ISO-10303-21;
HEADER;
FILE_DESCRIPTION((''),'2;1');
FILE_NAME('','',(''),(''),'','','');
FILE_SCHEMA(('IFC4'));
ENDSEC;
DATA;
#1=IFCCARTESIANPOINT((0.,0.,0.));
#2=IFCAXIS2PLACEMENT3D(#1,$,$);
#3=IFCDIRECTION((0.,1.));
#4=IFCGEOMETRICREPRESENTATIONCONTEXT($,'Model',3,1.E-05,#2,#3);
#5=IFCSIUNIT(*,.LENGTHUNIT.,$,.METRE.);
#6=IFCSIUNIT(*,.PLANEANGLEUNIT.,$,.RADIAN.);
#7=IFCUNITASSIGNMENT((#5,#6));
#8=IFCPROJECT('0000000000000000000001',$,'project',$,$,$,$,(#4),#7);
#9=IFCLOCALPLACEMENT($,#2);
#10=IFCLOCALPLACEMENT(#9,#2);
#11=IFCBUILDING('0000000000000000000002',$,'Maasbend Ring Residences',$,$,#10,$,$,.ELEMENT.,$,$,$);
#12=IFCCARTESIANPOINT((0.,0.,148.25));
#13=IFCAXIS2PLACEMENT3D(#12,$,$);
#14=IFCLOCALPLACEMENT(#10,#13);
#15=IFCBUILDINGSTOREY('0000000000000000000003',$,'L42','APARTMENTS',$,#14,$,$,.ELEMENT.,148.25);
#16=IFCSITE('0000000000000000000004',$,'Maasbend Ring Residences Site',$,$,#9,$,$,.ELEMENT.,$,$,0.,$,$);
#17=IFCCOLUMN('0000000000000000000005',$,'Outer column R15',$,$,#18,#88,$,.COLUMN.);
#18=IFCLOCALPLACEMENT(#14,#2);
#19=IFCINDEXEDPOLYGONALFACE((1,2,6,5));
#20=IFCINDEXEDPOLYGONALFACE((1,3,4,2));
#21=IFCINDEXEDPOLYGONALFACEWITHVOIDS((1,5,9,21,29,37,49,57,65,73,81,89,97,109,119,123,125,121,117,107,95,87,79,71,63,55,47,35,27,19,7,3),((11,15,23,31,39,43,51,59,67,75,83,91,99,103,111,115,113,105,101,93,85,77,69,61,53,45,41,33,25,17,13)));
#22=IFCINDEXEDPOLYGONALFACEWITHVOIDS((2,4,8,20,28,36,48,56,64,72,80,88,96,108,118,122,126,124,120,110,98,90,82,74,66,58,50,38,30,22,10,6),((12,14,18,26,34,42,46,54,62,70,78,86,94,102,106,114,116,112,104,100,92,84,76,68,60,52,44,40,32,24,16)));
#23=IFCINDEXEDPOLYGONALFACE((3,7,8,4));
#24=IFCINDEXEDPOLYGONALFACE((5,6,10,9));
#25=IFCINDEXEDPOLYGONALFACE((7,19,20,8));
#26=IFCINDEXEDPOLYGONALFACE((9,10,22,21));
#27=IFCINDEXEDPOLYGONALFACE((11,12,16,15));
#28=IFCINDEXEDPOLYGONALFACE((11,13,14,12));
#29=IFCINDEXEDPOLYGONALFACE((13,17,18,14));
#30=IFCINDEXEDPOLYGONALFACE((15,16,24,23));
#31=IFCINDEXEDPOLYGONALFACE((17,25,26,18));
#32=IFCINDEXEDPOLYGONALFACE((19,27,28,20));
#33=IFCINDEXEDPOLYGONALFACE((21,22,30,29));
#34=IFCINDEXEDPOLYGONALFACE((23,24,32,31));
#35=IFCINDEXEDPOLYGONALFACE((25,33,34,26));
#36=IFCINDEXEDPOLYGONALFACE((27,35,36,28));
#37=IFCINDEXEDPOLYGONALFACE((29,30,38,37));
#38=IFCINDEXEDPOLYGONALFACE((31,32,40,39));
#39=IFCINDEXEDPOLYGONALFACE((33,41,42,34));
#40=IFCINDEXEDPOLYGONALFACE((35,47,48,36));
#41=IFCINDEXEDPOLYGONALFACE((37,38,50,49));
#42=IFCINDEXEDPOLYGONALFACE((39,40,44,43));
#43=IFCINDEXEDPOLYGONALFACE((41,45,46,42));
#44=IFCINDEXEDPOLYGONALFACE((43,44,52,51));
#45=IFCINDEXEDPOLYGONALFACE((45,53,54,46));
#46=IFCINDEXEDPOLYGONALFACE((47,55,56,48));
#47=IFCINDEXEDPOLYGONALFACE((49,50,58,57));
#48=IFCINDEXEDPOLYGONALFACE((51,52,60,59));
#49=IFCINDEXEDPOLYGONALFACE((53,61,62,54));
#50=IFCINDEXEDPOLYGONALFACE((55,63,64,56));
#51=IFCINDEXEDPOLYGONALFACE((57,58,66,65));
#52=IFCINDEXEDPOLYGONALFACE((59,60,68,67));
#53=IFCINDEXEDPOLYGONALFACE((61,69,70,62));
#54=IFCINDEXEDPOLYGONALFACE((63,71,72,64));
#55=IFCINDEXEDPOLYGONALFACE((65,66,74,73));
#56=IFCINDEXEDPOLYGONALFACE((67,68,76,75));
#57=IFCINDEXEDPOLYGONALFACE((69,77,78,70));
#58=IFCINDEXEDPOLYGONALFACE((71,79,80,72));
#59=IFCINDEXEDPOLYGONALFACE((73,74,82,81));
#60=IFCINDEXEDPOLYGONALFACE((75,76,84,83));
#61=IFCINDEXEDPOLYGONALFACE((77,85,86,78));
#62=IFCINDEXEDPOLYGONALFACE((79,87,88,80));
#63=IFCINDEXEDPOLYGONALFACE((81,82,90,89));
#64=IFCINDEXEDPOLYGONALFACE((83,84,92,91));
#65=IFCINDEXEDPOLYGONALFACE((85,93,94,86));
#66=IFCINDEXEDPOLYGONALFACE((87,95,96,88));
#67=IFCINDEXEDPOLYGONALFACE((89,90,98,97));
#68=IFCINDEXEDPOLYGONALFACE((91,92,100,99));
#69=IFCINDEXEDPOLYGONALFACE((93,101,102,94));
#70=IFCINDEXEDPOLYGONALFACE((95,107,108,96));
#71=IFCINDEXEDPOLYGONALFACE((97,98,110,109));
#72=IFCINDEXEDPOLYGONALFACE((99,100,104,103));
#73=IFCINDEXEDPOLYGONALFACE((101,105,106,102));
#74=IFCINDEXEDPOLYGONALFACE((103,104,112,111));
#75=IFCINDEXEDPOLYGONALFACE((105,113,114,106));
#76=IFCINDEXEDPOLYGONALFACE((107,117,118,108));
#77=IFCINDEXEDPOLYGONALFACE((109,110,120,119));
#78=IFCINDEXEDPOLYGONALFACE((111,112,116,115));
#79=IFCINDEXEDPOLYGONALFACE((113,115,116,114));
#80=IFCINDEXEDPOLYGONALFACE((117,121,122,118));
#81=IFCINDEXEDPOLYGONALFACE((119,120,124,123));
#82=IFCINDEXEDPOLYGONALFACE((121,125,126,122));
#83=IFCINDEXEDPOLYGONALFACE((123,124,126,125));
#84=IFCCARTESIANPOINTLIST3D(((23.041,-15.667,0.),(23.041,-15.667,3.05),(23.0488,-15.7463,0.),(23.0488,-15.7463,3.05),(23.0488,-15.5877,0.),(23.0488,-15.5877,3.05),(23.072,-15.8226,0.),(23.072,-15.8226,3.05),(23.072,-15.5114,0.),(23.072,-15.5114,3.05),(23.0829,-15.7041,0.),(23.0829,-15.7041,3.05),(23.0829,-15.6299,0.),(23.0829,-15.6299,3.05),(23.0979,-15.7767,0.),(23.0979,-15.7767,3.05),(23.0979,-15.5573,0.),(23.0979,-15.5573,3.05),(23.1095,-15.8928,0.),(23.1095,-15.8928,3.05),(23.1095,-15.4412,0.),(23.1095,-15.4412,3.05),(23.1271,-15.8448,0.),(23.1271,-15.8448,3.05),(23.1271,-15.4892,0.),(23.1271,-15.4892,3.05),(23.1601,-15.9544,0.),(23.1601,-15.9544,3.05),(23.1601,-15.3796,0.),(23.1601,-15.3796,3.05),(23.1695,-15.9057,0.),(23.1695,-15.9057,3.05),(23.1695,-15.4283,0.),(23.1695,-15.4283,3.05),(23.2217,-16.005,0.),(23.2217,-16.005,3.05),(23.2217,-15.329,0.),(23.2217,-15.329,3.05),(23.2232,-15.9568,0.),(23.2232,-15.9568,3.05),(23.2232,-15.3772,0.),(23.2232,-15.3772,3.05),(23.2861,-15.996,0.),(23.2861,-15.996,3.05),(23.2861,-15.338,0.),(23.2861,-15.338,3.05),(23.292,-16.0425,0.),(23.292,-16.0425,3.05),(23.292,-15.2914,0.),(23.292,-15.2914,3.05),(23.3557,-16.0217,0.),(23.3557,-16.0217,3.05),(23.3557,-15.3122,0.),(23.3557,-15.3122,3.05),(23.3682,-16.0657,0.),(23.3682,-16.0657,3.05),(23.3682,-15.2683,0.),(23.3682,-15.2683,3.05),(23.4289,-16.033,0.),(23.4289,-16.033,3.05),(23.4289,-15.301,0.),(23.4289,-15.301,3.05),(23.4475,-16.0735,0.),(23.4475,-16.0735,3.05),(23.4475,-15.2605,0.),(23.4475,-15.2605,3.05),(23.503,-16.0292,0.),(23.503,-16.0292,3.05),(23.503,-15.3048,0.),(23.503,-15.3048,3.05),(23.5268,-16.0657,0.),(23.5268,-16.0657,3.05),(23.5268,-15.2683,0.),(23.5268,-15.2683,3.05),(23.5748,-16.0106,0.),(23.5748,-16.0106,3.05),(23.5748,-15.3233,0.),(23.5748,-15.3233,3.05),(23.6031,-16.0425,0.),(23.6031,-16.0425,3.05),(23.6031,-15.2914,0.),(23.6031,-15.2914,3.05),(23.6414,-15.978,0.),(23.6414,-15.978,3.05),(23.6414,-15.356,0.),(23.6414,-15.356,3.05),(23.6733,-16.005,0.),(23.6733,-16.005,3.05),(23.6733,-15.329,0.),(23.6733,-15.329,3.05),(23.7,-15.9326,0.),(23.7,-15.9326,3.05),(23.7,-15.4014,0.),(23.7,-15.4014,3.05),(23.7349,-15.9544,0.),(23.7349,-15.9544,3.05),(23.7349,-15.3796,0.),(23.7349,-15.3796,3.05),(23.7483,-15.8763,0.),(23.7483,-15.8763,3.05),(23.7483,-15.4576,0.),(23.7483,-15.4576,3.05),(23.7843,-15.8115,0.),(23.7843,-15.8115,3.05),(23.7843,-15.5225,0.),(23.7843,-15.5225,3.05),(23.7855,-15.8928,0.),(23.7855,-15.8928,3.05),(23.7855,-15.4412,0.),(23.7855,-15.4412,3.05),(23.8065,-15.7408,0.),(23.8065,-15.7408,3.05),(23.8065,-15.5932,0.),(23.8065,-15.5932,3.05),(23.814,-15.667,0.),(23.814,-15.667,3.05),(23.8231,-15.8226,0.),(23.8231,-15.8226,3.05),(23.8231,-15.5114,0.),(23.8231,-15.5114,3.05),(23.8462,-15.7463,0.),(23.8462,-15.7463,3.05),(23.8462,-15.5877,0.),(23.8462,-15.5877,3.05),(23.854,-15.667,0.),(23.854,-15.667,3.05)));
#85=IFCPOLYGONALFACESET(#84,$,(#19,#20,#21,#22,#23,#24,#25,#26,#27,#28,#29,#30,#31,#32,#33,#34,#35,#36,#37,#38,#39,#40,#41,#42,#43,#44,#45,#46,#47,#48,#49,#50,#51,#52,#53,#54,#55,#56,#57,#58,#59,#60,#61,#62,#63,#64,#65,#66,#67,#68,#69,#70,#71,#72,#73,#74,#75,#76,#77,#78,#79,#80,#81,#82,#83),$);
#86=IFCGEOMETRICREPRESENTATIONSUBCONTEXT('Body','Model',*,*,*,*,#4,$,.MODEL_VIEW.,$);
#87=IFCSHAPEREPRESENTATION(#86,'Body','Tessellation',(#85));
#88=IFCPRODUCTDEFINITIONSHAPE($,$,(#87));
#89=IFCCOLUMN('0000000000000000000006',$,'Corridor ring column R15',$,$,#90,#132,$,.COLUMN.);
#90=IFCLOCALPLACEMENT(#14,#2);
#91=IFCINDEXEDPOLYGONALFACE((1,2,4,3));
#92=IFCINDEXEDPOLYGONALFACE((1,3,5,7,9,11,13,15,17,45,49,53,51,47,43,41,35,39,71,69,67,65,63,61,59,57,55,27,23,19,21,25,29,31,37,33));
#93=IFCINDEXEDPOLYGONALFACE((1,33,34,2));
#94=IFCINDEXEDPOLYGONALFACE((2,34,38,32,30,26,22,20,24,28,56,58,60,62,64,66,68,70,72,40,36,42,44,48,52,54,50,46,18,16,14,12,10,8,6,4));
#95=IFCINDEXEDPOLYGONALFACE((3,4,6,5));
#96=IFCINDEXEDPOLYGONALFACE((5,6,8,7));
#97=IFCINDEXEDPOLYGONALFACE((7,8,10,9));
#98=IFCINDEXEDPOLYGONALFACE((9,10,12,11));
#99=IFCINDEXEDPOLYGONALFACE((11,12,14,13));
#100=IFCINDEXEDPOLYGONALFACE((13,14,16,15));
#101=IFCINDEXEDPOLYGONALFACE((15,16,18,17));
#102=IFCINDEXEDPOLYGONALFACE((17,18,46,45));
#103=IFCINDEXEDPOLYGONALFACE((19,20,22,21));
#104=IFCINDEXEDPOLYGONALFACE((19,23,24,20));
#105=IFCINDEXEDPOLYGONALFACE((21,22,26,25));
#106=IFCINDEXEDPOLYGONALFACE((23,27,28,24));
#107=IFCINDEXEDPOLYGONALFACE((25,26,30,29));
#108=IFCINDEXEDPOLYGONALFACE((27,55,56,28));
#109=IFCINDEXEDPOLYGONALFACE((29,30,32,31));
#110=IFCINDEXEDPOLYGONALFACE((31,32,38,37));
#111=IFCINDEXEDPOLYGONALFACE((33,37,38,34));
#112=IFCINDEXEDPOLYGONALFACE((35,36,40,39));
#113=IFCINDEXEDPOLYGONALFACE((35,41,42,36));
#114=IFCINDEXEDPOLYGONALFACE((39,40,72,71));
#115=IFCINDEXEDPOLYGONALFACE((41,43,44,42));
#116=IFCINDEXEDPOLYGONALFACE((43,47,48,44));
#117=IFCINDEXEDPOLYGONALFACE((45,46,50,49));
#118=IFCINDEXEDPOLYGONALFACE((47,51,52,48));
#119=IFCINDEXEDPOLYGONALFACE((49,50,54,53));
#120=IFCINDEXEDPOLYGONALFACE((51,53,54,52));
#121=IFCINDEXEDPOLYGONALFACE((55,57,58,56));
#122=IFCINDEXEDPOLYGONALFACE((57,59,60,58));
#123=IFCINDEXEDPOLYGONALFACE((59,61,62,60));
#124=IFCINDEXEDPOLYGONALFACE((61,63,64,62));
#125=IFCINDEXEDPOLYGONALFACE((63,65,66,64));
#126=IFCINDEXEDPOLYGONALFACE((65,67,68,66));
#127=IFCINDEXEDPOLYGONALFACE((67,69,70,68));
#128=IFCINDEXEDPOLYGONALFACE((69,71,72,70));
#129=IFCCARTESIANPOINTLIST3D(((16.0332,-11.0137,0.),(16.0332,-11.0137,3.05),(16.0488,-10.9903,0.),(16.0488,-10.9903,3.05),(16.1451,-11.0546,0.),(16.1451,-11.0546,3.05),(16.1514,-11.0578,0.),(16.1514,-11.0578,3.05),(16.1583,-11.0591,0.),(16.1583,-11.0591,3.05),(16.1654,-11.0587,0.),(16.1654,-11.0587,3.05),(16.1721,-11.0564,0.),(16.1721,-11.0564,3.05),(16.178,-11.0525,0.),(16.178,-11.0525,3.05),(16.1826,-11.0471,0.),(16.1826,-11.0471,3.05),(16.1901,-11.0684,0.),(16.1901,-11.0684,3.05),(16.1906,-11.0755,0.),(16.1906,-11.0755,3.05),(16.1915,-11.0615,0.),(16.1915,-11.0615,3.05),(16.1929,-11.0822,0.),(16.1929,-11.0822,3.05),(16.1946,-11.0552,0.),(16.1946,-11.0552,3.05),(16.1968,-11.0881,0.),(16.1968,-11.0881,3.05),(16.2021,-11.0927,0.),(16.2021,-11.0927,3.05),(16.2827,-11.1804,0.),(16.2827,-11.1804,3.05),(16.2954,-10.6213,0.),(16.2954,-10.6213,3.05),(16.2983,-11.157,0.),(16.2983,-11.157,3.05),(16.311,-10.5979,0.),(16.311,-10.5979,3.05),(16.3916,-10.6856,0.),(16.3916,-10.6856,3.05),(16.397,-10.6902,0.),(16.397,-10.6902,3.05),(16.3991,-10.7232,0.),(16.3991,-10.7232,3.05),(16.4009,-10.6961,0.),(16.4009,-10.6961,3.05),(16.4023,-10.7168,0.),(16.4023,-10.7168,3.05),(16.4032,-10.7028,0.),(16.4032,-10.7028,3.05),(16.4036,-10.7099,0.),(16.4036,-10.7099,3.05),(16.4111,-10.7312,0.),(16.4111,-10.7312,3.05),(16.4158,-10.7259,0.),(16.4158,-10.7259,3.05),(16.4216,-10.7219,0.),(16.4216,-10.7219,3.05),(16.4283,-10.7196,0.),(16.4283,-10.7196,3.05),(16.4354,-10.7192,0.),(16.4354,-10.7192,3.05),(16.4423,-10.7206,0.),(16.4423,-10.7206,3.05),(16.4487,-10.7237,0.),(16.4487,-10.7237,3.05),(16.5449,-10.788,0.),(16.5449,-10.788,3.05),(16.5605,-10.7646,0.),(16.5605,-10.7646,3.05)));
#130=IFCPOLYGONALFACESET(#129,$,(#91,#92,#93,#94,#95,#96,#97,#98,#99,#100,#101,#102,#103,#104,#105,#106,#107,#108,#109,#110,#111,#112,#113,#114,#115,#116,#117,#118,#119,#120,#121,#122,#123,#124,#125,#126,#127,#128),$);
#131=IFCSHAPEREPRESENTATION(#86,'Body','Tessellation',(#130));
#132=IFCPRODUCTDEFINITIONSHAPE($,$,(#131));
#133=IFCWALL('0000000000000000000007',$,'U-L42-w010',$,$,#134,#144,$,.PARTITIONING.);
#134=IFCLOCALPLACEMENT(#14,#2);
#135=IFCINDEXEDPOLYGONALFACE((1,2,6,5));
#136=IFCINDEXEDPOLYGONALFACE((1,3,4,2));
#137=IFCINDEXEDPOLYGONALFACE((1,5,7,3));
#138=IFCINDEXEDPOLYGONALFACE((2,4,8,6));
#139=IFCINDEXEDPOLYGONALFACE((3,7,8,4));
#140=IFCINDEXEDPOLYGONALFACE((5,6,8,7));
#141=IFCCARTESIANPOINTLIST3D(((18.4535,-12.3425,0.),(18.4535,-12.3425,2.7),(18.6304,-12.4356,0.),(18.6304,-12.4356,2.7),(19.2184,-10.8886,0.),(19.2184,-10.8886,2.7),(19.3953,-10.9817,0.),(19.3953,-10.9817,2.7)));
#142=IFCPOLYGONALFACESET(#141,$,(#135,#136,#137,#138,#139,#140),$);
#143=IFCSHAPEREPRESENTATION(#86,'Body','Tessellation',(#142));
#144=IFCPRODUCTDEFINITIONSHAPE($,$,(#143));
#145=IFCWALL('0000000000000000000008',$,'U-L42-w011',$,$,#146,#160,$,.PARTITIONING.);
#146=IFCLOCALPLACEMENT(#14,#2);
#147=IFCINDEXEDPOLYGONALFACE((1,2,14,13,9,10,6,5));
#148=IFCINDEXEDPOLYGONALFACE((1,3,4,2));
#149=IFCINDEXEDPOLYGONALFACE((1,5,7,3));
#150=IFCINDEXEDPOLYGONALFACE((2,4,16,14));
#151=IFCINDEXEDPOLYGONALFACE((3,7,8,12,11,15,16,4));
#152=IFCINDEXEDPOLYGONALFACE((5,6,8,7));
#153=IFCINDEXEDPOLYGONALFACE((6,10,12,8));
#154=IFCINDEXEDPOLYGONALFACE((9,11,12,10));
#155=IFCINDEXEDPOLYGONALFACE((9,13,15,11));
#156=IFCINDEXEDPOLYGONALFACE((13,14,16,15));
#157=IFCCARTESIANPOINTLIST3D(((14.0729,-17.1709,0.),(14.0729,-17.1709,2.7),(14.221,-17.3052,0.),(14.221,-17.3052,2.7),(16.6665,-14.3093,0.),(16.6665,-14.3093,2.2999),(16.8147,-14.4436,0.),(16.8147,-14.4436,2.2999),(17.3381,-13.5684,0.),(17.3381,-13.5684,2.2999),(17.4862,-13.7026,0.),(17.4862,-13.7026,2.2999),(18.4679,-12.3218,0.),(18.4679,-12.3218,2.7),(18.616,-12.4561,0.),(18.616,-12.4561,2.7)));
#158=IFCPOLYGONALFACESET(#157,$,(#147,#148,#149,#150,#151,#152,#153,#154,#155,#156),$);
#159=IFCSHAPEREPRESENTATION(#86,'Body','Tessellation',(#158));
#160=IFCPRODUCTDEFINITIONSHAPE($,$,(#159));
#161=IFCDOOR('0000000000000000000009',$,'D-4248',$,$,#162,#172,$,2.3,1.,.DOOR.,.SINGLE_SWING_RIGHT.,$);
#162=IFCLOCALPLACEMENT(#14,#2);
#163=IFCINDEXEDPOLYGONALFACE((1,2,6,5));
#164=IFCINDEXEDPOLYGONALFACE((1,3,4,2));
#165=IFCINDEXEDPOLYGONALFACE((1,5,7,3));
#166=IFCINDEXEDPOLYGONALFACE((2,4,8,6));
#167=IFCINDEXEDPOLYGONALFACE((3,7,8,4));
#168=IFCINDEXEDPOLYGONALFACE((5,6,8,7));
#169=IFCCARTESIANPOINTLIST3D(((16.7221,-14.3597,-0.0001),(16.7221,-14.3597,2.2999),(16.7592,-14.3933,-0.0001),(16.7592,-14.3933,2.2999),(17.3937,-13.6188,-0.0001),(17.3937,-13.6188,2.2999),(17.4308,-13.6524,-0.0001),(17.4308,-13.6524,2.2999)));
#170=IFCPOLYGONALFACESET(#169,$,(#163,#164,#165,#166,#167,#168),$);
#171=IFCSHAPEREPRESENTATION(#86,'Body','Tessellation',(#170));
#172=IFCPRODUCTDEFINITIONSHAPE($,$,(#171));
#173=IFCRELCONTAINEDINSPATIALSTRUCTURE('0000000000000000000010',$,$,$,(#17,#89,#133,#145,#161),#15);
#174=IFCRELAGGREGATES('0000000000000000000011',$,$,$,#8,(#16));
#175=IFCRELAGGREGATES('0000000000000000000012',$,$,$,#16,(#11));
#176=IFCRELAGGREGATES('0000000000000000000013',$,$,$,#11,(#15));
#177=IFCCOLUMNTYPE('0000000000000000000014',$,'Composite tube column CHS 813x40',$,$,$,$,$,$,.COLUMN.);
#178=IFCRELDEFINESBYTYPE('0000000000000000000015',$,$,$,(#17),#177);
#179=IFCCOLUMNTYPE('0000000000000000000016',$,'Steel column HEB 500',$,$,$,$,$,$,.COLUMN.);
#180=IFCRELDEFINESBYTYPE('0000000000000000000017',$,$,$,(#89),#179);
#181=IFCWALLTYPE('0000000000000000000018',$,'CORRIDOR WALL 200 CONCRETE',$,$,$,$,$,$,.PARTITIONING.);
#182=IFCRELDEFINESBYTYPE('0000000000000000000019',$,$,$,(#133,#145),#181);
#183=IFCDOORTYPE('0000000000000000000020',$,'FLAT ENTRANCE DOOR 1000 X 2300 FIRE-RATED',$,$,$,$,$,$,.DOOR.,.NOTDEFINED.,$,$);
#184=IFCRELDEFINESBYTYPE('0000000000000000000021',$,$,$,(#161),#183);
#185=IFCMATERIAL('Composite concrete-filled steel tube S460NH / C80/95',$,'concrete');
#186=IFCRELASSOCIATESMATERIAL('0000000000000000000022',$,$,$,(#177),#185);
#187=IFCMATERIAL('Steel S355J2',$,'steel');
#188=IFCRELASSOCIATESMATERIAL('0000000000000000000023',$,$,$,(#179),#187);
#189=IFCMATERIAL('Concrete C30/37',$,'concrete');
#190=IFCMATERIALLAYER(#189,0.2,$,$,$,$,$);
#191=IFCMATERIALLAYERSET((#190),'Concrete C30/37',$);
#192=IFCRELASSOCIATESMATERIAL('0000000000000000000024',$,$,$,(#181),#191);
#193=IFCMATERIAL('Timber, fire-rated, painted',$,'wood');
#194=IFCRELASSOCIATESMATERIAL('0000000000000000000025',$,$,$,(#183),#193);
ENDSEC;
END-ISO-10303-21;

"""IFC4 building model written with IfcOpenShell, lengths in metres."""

from ifc_helpers import new_model, si_unit, direction, frame, frame_2d, origin, origin_2d, place, context, subcontext, project, spatial, rectangle, hollow_circle, i_section, extrude, material, layer, layer_set, material_profile, profile_set, type_object, element, fill, save


model = new_model("IFC4")

# Units and contexts
model_context = context("Model", 3, precision=1e-05, world=origin(), true_north=direction((0.0, 1.0)))
body_context = subcontext(model_context, "Body", "Model", "MODEL_VIEW")
ifc_project = project(units=[si_unit("LENGTHUNIT", "METRE"), si_unit("PLANEANGLEUNIT", "RADIAN")], contexts=[model_context])

# Site, building, storey
site_placement = place(None, origin())
site = spatial("IfcSite", under=ifc_project, at=site_placement, Name="Maasbend Ring Residences Site", CompositionType="ELEMENT", RefElevation=0.0)
building_placement = place(site_placement, origin())
building = spatial("IfcBuilding", under=site, at=building_placement, Name="Maasbend Ring Residences", CompositionType="ELEMENT")
storey_placement = place(building_placement, frame((0.0, 0.0, 148.25)))
storey = spatial("IfcBuildingStorey", under=building, at=storey_placement, Name="L42", Description="APARTMENTS", CompositionType="ELEMENT", Elevation=148.25)

# Columns
ifc_material_1 = material(Name="Composite concrete-filled steel tube S460NH / C80/95", Category="concrete")
ifc_material_profile_1 = material_profile(ifc_material_1, hollow_circle(Radius=0.4065, WallThickness=0.04, at=origin_2d()), Name="Composite tube column CHS 813x40")
ifc_profile_set_1 = profile_set([ifc_material_profile_1], Name="Composite concrete-filled steel tube S460NH / C80/95")
column_type_1 = type_object("IfcColumnType", Name="Composite tube column CHS 813x40", PredefinedType="COLUMN", material=ifc_profile_set_1)
column_1_placement = place(storey_placement, frame((23.4475, -15.667, 0.0), z_axis=(0.0, 0.0, 1.0), x_axis=(1.0, 0.0, 0.0)))
element("IfcColumn", 1, at=column_1_placement, inside=storey, type_object=column_type_1, Name="Outer column R15", PredefinedType="COLUMN", context=body_context, shape_type="SweptSolid", body=[
    extrude(hollow_circle(Radius=0.4065, WallThickness=0.04, at=origin_2d()), origin(), (0.0, 0.0, 1.0), 3.05),
])
ifc_material_2 = material(Name="Steel S355J2", Category="steel")
ifc_material_profile_2 = material_profile(ifc_material_2, i_section(OverallWidth=0.3, OverallDepth=0.5, WebThickness=0.0144, FlangeThickness=0.0281, FilletRadius=0.0271, at=origin_2d()), Name="HEB 500")
ifc_profile_set_2 = profile_set([ifc_material_profile_2], Name="Steel S355J2")
column_type_2 = type_object("IfcColumnType", Name="Steel column HEB 500", PredefinedType="COLUMN", material=ifc_profile_set_2)
column_2_placement = place(storey_placement, frame((16.2969, -10.8892, 0.0), z_axis=(0.0, 0.0, 1.0), x_axis=(0.83147, -0.55557, 0.0)))
element("IfcColumn", 2, at=column_2_placement, inside=storey, type_object=column_type_2, Name="Corridor ring column R15", PredefinedType="COLUMN", context=body_context, shape_type="SweptSolid", body=[
    extrude(i_section(OverallWidth=0.3, OverallDepth=0.5, WebThickness=0.0144, FlangeThickness=0.0281, FilletRadius=0.0271, at=origin_2d()), origin(), (0.0, 0.0, 1.0), 3.05),
])

# Wall
ifc_material_3 = material(Name="Concrete C30/37", Category="concrete")
ifc_layer_1 = layer(ifc_material_3, 0.2)
ifc_layer_set_1 = layer_set([ifc_layer_1], Name="Concrete C30/37")
wall_type_1 = type_object("IfcWallType", Name="CORRIDOR WALL 200 CONCRETE", PredefinedType="PARTITIONING", material=ifc_layer_set_1)
wall_1_placement = place(storey_placement, frame((18.542, -12.3889, 0.0), z_axis=(0.0, 0.0, 1.0), x_axis=(0.465606, 0.884992, 0.0)))
element("IfcWall", 3, at=wall_1_placement, inside=storey, type_object=wall_type_1, Name="U-L42-w010", PredefinedType="PARTITIONING", context=body_context, shape_type="SweptSolid", body=[
    extrude(rectangle(XDim=1.6428, YDim=0.2, at=frame_2d((0.8213, 0.0))), origin(), (0.0, 0.0, 1.0), 2.7),
])

# Wall, opening, door
wall_2_placement = place(storey_placement, frame((14.147, -17.238, 0.0), z_axis=(0.0, 0.0, 1.0), x_axis=(0.671562, 0.740949, 0.0)))
wall_2 = element("IfcWall", 4, at=wall_2_placement, inside=storey, type_object=wall_type_1, Name="U-L42-w011", PredefinedType="PARTITIONING", context=body_context, shape_type="SweptSolid", body=[
    extrude(rectangle(XDim=6.5444, YDim=0.2, at=frame_2d((3.2722, 0.0))), origin(), (0.0, 0.0, 1.0), 2.7),
])
opening_1_placement = place(wall_2_placement, frame((3.8621, 0.0, 0.0)))
opening_1 = element("IfcOpeningElement", 5, at=opening_1_placement, cuts=wall_2, PredefinedType="OPENING", context=body_context, shape_type="SweptSolid", body=[
    extrude(rectangle(XDim=1.0, YDim=2.3, at=frame_2d((0.5, 1.1499))), frame((0.0, 0.1099, 0.0), z_axis=(0.0, -1.0, 0.0), x_axis=(1.0, 0.0, 0.0)), (0.0, 0.0, 1.0), 0.22),
])
ifc_material_4 = material(Name="Timber, fire-rated, painted", Category="wood")
door_type_1 = type_object("IfcDoorType", Name="FLAT ENTRANCE DOOR 1000 X 2300 FIRE-RATED", OperationType="NOTDEFINED", PredefinedType="DOOR", material=ifc_material_4)
door_1_placement = place(opening_1_placement, origin())
door_1 = element("IfcDoor", 6, at=door_1_placement, inside=storey, type_object=door_type_1, Name="D-4248", OperationType="SINGLE_SWING_RIGHT", OverallHeight=2.3, OverallWidth=1.0, PredefinedType="DOOR", context=body_context, shape_type="SweptSolid", body=[
    extrude(rectangle(XDim=1.0, YDim=2.3, at=frame_2d((0.5, 1.1499))), frame((0.0, 0.0249, 0.0), z_axis=(0.0, -1.0, 0.0), x_axis=(1.0, 0.0, 0.0)), (0.0, 0.0, 1.0), 0.05),
])
fill(opening_1, door_1)

save(model, "model.ifc")
